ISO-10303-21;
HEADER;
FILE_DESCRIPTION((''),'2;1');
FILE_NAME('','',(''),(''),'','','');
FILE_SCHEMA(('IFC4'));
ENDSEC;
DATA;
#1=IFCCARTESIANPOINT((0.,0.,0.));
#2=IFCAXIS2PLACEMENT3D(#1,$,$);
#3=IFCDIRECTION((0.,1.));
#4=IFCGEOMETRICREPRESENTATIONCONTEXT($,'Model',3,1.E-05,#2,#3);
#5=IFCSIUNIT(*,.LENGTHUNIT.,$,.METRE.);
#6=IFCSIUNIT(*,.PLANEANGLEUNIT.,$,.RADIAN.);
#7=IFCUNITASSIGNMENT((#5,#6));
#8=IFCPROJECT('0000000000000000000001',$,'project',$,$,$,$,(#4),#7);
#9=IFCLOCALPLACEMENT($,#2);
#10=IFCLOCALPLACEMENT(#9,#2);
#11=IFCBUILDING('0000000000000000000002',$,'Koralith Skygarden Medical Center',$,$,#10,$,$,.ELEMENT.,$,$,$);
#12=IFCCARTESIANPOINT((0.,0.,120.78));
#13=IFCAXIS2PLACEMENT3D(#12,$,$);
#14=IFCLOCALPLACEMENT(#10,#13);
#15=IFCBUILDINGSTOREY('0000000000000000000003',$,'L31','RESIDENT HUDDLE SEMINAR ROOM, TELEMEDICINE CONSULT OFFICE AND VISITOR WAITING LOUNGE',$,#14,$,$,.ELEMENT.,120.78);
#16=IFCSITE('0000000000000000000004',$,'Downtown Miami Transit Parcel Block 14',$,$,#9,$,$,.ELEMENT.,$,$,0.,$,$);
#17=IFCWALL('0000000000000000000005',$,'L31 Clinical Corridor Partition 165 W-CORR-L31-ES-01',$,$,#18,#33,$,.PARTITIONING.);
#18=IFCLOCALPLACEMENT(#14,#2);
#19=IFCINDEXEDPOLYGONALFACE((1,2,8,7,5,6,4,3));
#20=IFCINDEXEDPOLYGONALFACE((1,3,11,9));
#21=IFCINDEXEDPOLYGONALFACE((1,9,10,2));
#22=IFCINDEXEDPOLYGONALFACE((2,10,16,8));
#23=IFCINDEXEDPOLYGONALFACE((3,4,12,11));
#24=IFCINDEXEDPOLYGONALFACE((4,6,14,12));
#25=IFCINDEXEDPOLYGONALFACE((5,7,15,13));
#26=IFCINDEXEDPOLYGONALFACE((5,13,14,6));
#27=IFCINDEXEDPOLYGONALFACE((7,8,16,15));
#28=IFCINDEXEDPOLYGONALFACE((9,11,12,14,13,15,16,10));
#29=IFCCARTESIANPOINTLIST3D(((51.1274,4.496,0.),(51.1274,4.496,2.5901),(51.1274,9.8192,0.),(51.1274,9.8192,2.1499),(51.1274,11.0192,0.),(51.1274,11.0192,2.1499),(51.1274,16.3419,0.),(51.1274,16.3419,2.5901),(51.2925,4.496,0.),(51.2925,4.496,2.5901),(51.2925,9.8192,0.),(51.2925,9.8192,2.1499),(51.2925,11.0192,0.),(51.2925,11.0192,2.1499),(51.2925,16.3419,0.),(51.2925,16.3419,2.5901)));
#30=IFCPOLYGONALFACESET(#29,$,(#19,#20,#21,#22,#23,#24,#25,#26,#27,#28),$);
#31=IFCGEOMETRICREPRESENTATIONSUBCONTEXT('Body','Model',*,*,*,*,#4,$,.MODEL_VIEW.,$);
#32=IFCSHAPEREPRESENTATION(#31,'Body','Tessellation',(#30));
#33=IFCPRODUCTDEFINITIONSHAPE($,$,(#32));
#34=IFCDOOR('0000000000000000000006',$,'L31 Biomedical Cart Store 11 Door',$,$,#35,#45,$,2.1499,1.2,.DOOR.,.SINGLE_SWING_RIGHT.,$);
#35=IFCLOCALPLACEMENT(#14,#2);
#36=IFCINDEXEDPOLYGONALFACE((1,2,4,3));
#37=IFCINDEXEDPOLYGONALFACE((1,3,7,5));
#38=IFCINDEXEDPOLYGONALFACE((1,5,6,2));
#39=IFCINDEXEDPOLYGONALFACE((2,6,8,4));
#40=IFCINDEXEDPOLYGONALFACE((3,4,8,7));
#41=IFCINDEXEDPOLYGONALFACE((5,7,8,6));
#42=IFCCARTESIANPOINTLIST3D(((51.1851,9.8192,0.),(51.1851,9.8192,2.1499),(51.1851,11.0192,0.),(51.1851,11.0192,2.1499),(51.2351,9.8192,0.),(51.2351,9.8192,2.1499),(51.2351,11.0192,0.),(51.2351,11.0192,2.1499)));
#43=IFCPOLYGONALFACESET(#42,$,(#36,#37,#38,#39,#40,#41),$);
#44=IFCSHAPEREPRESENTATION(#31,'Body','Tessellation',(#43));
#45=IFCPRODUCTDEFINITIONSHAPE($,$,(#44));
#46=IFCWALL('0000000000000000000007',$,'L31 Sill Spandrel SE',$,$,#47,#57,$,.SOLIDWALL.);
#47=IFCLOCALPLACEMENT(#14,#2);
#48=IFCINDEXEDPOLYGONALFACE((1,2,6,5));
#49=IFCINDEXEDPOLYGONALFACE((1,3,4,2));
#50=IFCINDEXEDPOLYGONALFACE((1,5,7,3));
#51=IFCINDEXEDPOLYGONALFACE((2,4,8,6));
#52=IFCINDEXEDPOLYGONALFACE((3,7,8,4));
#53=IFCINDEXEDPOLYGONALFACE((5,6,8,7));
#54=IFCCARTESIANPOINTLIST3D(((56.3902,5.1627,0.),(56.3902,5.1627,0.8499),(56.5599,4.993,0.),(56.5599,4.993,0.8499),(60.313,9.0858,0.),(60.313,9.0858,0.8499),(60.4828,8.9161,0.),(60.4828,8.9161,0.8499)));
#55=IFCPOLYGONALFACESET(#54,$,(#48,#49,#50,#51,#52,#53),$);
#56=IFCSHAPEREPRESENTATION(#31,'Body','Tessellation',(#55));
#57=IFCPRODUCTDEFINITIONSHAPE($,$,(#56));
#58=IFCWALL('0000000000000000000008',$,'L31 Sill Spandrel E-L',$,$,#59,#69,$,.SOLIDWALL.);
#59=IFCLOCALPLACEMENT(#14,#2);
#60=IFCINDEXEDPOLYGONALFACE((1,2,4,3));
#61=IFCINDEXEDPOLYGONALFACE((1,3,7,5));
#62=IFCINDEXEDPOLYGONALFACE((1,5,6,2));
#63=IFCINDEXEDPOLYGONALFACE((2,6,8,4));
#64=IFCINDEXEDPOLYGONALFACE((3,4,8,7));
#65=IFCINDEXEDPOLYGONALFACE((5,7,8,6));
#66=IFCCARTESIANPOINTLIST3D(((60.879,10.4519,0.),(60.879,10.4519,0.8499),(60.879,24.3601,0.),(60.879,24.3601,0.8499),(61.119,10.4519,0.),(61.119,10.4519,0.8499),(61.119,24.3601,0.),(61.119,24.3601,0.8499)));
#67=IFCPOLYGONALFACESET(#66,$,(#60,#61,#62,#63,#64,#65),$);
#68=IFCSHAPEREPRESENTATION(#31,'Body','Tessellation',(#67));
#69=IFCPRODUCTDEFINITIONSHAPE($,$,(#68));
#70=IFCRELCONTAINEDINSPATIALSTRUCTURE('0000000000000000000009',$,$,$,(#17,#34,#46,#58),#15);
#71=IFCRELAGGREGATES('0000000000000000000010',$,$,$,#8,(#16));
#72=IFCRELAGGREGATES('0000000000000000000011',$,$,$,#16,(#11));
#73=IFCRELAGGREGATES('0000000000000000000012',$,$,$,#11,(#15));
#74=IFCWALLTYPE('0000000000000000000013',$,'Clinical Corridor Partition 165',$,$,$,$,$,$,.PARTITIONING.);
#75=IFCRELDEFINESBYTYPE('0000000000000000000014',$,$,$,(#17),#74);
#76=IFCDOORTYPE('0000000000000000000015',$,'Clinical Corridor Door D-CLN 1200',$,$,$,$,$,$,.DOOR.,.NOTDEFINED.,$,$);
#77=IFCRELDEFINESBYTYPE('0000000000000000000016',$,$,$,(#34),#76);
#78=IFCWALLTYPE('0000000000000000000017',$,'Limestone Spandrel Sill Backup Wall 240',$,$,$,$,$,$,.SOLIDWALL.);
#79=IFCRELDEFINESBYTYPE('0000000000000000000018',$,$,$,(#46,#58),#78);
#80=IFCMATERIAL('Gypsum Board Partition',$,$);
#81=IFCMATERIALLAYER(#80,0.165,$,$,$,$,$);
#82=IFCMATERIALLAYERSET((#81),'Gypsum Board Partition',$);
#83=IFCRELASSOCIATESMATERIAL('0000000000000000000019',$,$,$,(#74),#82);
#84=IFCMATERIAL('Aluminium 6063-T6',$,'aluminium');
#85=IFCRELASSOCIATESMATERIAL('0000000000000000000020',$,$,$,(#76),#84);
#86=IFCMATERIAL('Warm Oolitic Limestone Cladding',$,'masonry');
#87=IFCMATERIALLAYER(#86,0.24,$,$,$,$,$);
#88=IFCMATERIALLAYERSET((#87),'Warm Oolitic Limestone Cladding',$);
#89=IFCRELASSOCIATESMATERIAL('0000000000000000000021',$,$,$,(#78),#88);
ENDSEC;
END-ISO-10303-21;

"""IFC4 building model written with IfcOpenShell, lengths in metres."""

from ifc_helpers import new_model, si_unit, direction, frame, frame_2d, origin, place, context, subcontext, project, spatial, rectangle, extrude, material, layer, layer_set, type_object, element, fill, save


model = new_model("IFC4")

# Units and contexts
model_context = context("Model", 3, precision=1e-05, world=origin(), true_north=direction((0.0, 1.0)))
body_context = subcontext(model_context, "Body", "Model", "MODEL_VIEW")
ifc_project = project(units=[si_unit("LENGTHUNIT", "METRE"), si_unit("PLANEANGLEUNIT", "RADIAN")], contexts=[model_context])

# Site, building, storey
site_placement = place(None, origin())
site = spatial("IfcSite", under=ifc_project, at=site_placement, Name="Downtown Miami Transit Parcel Block 14", CompositionType="ELEMENT", RefElevation=0.0)
building_placement = place(site_placement, origin())
building = spatial("IfcBuilding", under=site, at=building_placement, Name="Koralith Skygarden Medical Center", CompositionType="ELEMENT")
storey_placement = place(building_placement, frame((0.0, 0.0, 120.78)))
storey = spatial("IfcBuildingStorey", under=building, at=storey_placement, Name="L31", Description="RESIDENT HUDDLE SEMINAR ROOM, TELEMEDICINE CONSULT OFFICE AND VISITOR WAITING LOUNGE", CompositionType="ELEMENT", Elevation=120.78)

# Shared definitions
ifc_material_1 = material(Name="Aluminium 6063-T6", Category="aluminium")

# Shared definitions
ifc_material_2 = material(Name="Warm Oolitic Limestone Cladding", Category="masonry")

# Wall, opening, door
ifc_material_3 = material(Name="Gypsum Board Partition")
ifc_layer_1 = layer(ifc_material_3, 0.165)
ifc_layer_set_1 = layer_set([ifc_layer_1], Name="Gypsum Board Partition")
wall_type_1 = type_object("IfcWallType", Name="Clinical Corridor Partition 165", PredefinedType="PARTITIONING", material=ifc_layer_set_1)
wall_1_placement = place(storey_placement, frame((51.21, 4.4961, 0.0), z_axis=(0.0, 0.0, 1.0), x_axis=(0.0, 1.0, 0.0)))
wall_1 = element("IfcWall", 1, at=wall_1_placement, inside=storey, type_object=wall_type_1, Name="L31 Clinical Corridor Partition 165 W-CORR-L31-ES-01", PredefinedType="PARTITIONING", context=body_context, shape_type="SweptSolid", body=[
    extrude(rectangle(XDim=11.8459, YDim=0.165, at=frame_2d((5.9229, 0.0))), origin(), (0.0, 0.0, 1.0), 2.5901),
])
opening_placement = place(wall_1_placement, frame((5.323, 0.0, 0.0)))
opening = element("IfcOpeningElement", 2, at=opening_placement, cuts=wall_1, PredefinedType="OPENING", context=body_context, shape_type="SweptSolid", body=[
    extrude(rectangle(XDim=1.2, YDim=2.1499, at=frame_2d((0.6001, 1.075))), frame((0.0, 0.0925, 0.0), z_axis=(0.0, -1.0, 0.0), x_axis=(1.0, 0.0, 0.0)), (0.0, 0.0, 1.0), 0.1851),
])
door_type = type_object("IfcDoorType", Name="Clinical Corridor Door D-CLN 1200", OperationType="NOTDEFINED", PredefinedType="DOOR", material=ifc_material_1)
door_placement = place(opening_placement, origin())
door = element("IfcDoor", 3, at=door_placement, inside=storey, type_object=door_type, Name="L31 Biomedical Cart Store 11 Door", OperationType="SINGLE_SWING_RIGHT", OverallHeight=2.1499, OverallWidth=1.2, PredefinedType="DOOR", context=body_context, shape_type="SweptSolid", body=[
    extrude(rectangle(XDim=1.2, YDim=2.1499, at=frame_2d((0.6001, 1.075))), frame((0.0, 0.0249, 0.0), z_axis=(0.0, -1.0, 0.0), x_axis=(1.0, 0.0, 0.0)), (0.0, 0.0, 1.0), 0.05),
])
fill(opening, door)

# Walls
ifc_layer_2 = layer(ifc_material_2, 0.24)
ifc_layer_set_2 = layer_set([ifc_layer_2], Name="Warm Oolitic Limestone Cladding")
wall_type_2 = type_object("IfcWallType", Name="Limestone Spandrel Sill Backup Wall 240", PredefinedType="SOLIDWALL", material=ifc_layer_set_2)
wall_2_placement = place(storey_placement, frame((56.4751, 5.0779, 0.0), z_axis=(0.0, 0.0, 1.0), x_axis=(0.707085, 0.707129, 0.0)))
element("IfcWall", 4, at=wall_2_placement, inside=storey, type_object=wall_type_2, Name="L31 Sill Spandrel SE", PredefinedType="SOLIDWALL", context=body_context, shape_type="SweptSolid", body=[
    extrude(rectangle(XDim=5.5479, YDim=0.24, at=frame_2d((2.7739, 0.0))), origin(), (0.0, 0.0, 1.0), 0.8499),
])
wall_3_placement = place(storey_placement, frame((60.999, 10.4519, 0.0), z_axis=(0.0, 0.0, 1.0), x_axis=(0.0, 1.0, 0.0)))
element("IfcWall", 5, at=wall_3_placement, inside=storey, type_object=wall_type_2, Name="L31 Sill Spandrel E-L", PredefinedType="SOLIDWALL", context=body_context, shape_type="SweptSolid", body=[
    extrude(rectangle(XDim=13.9082, YDim=0.24, at=frame_2d((6.9541, 0.0))), origin(), (0.0, 0.0, 1.0), 0.8499),
])

save(model, "model.ifc")
